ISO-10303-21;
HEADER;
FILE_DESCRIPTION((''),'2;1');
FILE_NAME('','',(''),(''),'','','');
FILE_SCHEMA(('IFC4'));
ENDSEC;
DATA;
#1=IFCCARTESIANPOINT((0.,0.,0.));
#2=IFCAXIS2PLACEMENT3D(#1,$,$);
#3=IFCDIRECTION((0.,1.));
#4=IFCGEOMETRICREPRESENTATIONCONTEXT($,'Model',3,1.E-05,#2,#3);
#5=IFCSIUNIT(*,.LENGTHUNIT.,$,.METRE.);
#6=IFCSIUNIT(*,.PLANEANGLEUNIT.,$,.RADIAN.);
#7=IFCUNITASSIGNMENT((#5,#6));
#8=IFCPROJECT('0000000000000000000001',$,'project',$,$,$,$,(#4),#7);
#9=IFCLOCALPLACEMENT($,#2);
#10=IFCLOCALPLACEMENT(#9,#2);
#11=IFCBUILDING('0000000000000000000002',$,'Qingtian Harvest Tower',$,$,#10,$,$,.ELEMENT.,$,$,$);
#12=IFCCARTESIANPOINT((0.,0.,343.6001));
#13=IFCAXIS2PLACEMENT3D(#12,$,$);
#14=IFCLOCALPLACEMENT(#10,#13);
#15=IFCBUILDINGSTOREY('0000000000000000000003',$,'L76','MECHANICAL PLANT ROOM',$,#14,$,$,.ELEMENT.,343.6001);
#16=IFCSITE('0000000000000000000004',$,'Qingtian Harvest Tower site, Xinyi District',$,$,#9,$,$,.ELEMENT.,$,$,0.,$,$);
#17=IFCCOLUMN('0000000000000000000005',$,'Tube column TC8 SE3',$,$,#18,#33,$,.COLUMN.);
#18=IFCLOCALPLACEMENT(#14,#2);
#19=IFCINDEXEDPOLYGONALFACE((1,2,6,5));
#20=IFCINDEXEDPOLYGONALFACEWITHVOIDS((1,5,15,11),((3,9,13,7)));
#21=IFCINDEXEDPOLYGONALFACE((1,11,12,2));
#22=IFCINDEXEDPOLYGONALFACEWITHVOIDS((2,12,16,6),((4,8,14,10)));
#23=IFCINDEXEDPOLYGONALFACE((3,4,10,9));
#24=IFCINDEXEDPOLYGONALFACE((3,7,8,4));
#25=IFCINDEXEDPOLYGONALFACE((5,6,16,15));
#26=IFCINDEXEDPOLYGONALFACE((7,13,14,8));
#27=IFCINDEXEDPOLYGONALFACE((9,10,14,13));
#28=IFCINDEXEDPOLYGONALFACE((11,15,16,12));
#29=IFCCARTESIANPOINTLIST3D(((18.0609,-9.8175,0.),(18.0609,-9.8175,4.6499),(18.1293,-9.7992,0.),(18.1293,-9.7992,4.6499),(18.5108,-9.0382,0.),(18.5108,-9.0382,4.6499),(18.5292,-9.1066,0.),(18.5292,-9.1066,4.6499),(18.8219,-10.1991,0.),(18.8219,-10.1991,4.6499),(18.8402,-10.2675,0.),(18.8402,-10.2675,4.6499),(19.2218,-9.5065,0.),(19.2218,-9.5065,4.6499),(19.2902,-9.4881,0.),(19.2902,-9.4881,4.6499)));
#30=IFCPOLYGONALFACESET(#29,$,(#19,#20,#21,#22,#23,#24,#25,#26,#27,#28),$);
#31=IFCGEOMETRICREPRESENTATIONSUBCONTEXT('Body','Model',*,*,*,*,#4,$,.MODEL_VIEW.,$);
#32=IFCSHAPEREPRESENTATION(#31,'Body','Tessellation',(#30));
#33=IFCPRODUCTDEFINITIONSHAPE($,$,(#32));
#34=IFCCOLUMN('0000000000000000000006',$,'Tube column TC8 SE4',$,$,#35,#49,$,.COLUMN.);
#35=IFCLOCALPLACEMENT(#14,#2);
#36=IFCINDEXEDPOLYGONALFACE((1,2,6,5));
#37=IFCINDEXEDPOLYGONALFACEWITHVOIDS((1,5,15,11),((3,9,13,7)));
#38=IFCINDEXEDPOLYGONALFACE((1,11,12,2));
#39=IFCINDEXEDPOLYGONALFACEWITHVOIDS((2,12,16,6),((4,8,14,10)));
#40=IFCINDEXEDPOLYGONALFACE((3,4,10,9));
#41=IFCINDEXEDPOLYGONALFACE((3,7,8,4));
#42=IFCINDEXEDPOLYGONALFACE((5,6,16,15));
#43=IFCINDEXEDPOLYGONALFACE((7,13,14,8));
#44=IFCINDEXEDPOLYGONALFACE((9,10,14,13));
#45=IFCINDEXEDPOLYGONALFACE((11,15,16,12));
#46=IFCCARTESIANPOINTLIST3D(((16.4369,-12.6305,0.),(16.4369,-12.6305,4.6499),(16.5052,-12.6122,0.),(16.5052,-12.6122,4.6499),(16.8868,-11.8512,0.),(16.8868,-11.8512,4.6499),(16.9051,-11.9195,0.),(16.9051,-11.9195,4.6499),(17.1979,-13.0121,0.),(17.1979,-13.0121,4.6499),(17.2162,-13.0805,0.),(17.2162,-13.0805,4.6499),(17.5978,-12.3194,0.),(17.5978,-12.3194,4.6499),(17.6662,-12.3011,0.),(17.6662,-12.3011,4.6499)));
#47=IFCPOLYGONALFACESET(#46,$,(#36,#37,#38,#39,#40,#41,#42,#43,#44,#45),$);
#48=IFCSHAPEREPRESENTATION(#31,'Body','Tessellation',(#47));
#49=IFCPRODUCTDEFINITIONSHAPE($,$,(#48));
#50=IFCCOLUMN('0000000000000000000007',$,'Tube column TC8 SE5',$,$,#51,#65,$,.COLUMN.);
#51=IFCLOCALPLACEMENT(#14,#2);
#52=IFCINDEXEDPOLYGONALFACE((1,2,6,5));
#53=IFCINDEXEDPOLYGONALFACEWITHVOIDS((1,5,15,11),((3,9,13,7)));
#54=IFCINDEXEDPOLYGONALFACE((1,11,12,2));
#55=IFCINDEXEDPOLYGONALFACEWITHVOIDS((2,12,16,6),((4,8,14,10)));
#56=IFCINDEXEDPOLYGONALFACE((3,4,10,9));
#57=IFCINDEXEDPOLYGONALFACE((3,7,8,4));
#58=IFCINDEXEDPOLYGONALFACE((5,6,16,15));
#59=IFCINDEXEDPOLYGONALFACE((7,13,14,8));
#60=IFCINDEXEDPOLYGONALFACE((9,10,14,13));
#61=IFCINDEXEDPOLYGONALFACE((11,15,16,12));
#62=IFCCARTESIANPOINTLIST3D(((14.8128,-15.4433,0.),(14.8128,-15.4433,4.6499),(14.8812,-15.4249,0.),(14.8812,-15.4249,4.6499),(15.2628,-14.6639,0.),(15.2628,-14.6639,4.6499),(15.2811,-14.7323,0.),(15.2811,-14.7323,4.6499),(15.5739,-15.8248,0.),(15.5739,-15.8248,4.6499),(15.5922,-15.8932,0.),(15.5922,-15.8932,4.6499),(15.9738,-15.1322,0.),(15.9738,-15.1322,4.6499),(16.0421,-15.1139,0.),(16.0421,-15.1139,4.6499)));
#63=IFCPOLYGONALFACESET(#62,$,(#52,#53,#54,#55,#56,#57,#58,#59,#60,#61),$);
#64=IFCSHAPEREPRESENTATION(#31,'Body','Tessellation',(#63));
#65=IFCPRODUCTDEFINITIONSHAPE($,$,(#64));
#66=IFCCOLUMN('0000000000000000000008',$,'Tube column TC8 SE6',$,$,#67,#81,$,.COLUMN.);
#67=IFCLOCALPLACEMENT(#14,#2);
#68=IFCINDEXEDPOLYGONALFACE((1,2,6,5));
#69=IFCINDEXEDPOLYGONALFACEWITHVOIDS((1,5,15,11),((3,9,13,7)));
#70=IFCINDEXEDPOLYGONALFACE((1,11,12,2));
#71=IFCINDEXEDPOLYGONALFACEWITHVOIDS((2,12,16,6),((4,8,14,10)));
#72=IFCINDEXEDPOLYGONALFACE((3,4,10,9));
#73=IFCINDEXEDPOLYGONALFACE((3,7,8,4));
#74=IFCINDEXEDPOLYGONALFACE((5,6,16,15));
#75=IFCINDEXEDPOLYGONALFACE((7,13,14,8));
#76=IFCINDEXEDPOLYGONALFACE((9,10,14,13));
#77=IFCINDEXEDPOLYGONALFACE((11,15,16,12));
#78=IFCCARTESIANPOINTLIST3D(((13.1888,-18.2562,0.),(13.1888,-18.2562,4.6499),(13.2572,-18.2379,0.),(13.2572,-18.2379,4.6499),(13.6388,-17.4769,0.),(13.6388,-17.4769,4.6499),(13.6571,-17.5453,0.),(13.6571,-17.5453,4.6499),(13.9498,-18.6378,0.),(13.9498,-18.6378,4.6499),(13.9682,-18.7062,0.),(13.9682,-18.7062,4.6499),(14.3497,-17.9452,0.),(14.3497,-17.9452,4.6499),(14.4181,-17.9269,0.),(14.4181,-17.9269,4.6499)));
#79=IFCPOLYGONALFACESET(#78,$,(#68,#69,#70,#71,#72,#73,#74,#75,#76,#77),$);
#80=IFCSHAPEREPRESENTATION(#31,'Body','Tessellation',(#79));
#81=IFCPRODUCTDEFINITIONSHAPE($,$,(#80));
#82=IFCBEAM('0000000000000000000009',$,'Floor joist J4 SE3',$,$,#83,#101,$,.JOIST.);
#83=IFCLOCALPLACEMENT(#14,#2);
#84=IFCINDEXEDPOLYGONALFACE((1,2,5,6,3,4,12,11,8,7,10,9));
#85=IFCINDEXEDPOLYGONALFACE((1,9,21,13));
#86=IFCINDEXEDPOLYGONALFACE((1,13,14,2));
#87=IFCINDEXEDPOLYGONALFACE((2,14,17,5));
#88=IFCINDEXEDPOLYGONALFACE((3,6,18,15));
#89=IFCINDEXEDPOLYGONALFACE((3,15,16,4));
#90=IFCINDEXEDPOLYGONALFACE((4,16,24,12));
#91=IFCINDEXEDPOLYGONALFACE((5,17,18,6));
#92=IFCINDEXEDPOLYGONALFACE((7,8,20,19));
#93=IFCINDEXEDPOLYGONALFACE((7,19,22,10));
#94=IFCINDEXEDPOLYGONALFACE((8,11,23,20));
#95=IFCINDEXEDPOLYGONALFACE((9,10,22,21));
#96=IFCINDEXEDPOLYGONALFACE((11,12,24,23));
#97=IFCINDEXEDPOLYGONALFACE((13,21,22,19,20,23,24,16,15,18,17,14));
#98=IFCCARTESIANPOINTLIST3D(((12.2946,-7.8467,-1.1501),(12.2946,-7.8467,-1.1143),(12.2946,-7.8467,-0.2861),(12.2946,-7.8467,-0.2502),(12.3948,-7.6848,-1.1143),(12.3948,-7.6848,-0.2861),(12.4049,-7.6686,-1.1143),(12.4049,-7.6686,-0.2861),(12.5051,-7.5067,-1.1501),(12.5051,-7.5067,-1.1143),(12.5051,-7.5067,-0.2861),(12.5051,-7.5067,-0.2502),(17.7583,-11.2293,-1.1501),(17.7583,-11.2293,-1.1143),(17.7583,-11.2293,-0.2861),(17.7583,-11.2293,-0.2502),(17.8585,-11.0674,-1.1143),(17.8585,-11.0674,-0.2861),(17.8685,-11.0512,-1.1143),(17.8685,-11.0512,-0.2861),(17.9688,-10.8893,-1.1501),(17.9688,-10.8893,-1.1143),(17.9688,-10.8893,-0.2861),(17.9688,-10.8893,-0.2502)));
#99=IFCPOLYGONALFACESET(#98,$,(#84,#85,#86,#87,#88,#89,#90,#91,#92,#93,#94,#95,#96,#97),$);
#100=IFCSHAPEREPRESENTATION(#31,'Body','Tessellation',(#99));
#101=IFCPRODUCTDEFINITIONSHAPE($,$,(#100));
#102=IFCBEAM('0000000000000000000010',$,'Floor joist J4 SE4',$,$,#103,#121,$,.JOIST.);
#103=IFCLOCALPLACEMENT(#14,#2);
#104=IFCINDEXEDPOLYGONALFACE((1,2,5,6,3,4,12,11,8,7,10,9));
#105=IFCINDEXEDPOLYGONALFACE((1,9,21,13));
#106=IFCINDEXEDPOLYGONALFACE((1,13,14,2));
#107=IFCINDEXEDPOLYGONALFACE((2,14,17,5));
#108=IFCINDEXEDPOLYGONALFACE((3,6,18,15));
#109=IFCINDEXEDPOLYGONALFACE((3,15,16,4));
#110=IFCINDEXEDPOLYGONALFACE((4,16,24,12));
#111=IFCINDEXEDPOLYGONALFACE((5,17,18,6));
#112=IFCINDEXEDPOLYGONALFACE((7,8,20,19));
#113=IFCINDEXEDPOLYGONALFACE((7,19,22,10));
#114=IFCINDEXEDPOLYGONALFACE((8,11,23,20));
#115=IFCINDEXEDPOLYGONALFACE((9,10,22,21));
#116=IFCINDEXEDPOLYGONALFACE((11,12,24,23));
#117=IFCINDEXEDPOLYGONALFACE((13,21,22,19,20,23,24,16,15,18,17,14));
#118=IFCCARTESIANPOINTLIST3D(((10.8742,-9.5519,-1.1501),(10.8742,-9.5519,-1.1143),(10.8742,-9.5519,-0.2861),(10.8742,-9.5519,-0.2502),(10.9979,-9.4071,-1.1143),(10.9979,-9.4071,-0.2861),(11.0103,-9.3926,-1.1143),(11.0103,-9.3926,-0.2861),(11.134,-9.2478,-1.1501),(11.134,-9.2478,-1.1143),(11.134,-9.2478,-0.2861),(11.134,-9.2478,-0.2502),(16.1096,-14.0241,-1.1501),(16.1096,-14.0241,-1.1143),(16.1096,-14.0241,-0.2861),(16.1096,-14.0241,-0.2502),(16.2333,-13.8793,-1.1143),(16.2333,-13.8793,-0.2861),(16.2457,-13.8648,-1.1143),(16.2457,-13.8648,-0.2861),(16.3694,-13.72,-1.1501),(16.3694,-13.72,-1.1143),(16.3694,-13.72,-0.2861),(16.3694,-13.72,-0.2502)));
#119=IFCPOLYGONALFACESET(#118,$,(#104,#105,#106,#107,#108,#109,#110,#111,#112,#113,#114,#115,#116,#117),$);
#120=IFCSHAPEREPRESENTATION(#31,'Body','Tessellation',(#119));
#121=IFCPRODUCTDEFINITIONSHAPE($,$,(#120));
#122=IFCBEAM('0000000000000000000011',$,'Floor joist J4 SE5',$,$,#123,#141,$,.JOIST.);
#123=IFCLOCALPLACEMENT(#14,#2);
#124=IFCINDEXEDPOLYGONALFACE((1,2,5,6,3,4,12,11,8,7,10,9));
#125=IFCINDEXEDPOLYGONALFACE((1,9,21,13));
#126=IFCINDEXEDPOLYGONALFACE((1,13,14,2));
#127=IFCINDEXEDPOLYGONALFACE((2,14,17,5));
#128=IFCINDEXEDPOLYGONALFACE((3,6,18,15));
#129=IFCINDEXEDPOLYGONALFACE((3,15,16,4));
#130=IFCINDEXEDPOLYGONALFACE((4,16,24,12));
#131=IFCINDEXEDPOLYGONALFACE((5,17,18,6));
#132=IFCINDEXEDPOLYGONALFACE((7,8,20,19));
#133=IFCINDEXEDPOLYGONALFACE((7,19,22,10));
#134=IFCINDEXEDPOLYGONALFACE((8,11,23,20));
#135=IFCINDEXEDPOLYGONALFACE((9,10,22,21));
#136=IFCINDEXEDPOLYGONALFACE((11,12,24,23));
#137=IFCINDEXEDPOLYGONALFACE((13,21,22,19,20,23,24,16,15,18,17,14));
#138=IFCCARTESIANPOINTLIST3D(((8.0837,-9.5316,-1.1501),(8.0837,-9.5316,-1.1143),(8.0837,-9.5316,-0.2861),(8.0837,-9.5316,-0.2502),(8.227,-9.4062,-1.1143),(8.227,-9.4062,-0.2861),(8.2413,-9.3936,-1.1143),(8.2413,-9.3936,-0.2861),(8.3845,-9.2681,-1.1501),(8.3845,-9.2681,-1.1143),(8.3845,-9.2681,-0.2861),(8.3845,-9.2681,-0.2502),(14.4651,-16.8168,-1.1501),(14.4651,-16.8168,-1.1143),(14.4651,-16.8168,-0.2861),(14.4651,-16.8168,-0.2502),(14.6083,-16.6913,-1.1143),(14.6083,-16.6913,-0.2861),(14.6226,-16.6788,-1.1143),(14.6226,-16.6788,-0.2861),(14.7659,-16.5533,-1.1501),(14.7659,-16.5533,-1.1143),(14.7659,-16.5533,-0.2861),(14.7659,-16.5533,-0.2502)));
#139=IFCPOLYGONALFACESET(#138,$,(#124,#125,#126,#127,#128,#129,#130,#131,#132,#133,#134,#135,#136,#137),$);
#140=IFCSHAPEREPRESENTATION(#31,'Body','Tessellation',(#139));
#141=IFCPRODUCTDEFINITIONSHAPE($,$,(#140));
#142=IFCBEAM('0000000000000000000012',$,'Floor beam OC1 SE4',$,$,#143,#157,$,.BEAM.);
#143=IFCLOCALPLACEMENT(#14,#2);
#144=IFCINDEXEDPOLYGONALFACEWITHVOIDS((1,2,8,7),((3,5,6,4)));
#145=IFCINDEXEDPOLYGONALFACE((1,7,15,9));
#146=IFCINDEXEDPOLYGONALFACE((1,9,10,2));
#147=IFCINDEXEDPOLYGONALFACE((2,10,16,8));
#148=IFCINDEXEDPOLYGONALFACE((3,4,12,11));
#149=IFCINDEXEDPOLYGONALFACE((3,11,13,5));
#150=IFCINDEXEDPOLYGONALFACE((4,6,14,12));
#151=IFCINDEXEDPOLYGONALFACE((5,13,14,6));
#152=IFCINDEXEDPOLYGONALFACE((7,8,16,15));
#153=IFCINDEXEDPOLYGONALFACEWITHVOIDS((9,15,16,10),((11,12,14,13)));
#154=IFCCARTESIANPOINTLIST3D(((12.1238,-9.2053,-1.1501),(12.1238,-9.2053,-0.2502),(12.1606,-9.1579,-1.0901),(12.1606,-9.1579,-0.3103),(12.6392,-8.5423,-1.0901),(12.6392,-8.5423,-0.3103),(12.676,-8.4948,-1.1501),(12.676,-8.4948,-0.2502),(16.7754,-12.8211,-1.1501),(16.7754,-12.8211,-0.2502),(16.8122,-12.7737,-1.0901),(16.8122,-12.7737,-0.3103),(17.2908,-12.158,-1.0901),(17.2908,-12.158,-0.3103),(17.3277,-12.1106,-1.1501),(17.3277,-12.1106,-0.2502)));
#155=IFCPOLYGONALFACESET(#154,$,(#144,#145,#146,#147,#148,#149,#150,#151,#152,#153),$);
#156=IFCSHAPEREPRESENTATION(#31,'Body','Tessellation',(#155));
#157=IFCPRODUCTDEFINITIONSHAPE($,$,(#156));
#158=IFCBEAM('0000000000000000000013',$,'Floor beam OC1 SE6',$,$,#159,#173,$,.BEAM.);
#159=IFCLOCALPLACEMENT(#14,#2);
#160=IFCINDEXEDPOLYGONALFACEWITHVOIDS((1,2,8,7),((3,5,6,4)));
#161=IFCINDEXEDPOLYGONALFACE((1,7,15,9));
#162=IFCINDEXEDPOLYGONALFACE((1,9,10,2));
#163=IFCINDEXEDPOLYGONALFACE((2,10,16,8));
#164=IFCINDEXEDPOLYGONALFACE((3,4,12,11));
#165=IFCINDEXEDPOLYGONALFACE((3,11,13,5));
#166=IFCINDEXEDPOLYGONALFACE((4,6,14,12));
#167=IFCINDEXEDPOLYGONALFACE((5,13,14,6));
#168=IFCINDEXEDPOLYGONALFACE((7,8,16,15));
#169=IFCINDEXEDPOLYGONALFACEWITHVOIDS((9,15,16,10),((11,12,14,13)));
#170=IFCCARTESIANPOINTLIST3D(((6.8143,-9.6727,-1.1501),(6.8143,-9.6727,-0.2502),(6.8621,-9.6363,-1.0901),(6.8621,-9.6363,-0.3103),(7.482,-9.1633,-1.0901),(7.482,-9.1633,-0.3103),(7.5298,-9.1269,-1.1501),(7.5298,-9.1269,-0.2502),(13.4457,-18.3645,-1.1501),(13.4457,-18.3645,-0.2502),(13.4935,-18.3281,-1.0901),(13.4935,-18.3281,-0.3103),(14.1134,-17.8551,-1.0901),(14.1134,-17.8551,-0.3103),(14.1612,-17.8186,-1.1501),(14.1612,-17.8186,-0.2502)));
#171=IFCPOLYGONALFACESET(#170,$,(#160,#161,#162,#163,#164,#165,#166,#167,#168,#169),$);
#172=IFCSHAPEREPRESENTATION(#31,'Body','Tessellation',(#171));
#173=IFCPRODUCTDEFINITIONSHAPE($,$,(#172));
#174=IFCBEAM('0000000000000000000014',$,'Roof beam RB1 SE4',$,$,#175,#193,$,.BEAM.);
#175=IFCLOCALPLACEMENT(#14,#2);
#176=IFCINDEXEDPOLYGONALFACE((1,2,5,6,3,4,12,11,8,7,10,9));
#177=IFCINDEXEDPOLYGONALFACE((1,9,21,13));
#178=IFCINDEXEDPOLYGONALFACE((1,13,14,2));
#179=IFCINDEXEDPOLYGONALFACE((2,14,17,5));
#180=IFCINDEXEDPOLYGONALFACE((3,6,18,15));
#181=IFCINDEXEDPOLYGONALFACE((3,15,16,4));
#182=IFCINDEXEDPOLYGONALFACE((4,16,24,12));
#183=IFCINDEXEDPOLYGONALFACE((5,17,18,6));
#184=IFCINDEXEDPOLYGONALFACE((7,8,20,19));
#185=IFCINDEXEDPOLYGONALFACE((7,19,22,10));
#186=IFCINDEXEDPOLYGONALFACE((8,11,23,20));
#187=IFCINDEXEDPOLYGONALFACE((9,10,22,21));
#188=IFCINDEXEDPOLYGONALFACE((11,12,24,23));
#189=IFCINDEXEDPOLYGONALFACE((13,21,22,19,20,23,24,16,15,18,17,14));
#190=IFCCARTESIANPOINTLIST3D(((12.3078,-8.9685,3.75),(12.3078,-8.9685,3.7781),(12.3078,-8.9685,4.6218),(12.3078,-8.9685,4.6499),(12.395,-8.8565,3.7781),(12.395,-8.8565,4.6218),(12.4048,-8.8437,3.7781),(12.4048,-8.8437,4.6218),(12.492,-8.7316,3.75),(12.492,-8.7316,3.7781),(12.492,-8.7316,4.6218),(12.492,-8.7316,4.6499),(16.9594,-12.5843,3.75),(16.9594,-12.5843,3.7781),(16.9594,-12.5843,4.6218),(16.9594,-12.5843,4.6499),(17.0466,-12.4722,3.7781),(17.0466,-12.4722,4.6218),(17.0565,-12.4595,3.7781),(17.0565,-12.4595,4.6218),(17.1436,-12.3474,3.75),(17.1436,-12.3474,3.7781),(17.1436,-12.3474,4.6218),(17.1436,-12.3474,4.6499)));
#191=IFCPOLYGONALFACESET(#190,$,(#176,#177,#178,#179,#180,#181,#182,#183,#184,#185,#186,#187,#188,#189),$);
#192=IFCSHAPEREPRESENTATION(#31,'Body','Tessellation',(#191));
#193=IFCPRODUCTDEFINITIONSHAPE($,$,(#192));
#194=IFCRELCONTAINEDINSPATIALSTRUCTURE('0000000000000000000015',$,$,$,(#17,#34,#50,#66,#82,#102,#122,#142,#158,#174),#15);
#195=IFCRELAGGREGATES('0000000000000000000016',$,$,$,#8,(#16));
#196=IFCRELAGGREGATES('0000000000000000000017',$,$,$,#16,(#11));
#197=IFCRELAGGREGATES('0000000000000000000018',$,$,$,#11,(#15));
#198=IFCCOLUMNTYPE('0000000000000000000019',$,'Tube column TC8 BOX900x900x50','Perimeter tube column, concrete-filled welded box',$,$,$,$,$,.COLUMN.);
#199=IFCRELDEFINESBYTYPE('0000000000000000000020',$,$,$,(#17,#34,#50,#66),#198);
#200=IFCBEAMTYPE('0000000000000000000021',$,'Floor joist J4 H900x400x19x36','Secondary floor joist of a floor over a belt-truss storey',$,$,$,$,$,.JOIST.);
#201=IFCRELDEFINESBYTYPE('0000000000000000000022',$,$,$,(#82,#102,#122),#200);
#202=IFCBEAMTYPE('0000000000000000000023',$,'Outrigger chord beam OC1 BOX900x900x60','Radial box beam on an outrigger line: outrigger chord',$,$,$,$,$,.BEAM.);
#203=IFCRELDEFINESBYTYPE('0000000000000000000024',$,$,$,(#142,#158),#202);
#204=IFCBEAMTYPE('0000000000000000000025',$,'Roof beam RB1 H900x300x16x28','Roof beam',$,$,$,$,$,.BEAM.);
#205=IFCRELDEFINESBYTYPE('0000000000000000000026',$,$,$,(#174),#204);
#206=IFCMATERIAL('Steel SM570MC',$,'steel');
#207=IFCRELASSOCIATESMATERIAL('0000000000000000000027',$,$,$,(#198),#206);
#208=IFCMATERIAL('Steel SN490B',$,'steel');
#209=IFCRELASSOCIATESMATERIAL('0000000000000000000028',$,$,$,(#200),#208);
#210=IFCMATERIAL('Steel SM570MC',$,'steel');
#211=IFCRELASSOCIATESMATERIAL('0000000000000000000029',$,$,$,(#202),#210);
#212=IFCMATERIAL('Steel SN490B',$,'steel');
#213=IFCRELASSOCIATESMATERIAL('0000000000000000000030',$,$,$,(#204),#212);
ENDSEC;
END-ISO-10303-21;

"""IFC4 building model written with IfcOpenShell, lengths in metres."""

from ifc_helpers import new_model, si_unit, direction, frame, origin, origin_2d, place, context, subcontext, project, spatial, hollow_rectangle, i_section, extrude, material, material_profile, profile_set, type_object, element, save


model = new_model("IFC4")

# Units and contexts
model_context = context("Model", 3, precision=1e-05, world=origin(), true_north=direction((0.0, 1.0)))
body_context = subcontext(model_context, "Body", "Model", "MODEL_VIEW")
ifc_project = project(units=[si_unit("LENGTHUNIT", "METRE"), si_unit("PLANEANGLEUNIT", "RADIAN")], contexts=[model_context])

# Site, building, storey
site_placement = place(None, origin())
site = spatial("IfcSite", under=ifc_project, at=site_placement, Name="Qingtian Harvest Tower site, Xinyi District", CompositionType="ELEMENT", RefElevation=0.0)
building_placement = place(site_placement, origin())
building = spatial("IfcBuilding", under=site, at=building_placement, Name="Qingtian Harvest Tower", CompositionType="ELEMENT")
storey_placement = place(building_placement, frame((0.0, 0.0, 343.6001)))
storey = spatial("IfcBuildingStorey", under=building, at=storey_placement, Name="L76", Description="MECHANICAL PLANT ROOM", CompositionType="ELEMENT", Elevation=343.6001)

# Columns
ifc_material_1 = material(Name="Steel SM570MC", Category="steel")
ifc_material_profile_1 = material_profile(ifc_material_1, hollow_rectangle(XDim=0.8999, YDim=0.8999, WallThickness=0.05, at=origin_2d()), Name="BOX900x900x50")
ifc_profile_set_1 = profile_set([ifc_material_profile_1], Name="Steel SM570MC")
column_type = type_object("IfcColumnType", Name="Tube column TC8 BOX900x900x50", Description="Perimeter tube column, concrete-filled welded box", PredefinedType="COLUMN", material=ifc_profile_set_1)
for number, where, z_axis, x_axis, name in (
    (1, (18.6755, -9.6528, 0.0), (0.0, 0.0, 1.0), (0.5, 0.866025, 0.0), "Tube column TC8 SE3"),
    (2, (17.0515, -12.4658, 0.0), (0.0, 0.0, 1.0), (0.5, 0.866025, 0.0), "Tube column TC8 SE4"),
    (3, (15.4275, -15.2786, 0.0), (0.0, 0.0, 1.0), (0.5, 0.866025, 0.0), "Tube column TC8 SE5"),
    (4, (13.8035, -18.0916, 0.0), (0.0, 0.0, 1.0), (0.5, 0.866025, 0.0), "Tube column TC8 SE6"),
):
    element("IfcColumn", number, at=place(storey_placement, frame(where, z_axis=z_axis, x_axis=x_axis)), inside=storey, type_object=column_type, Name=name, PredefinedType="COLUMN", context=body_context, shape_type="SweptSolid", body=[
        extrude(hollow_rectangle(XDim=0.8999, YDim=0.8999, WallThickness=0.05, at=origin_2d()), origin(), (0.0, 0.0, 1.0), 4.6499),
    ])

# Beams
ifc_material_2 = material(Name="Steel SN490B", Category="steel")
ifc_material_profile_2 = material_profile(ifc_material_2, i_section(OverallWidth=0.3999, OverallDepth=0.8999, WebThickness=0.019, FlangeThickness=0.0359, at=origin_2d()), Name="H900x400x19x36")
ifc_profile_set_2 = profile_set([ifc_material_profile_2], Name="Steel SN490B")
beam_type_1 = type_object("IfcBeamType", Name="Floor joist J4 H900x400x19x36", Description="Secondary floor joist of a floor over a belt-truss storey", PredefinedType="JOIST", material=ifc_profile_set_2)
beam_1_placement = place(storey_placement, frame((17.8635, -11.0593, -0.7002), z_axis=(-0.850242, 0.526391, 0.0), x_axis=(-0.526391, -0.850242, 0.0)))
element("IfcBeam", 5, at=beam_1_placement, inside=storey, type_object=beam_type_1, Name="Floor joist J4 SE3", PredefinedType="JOIST", context=body_context, shape_type="SweptSolid", body=[
    extrude(i_section(OverallWidth=0.3999, OverallDepth=0.8999, WebThickness=0.019, FlangeThickness=0.0359, at=origin_2d()), origin(), (0.0, 0.0, 1.0), 6.426),
])
beam_2_placement = place(storey_placement, frame((16.2395, -13.8721, -0.7002), z_axis=(-0.760352, 0.649511, 0.0), x_axis=(-0.649511, -0.760352, 0.0)))
element("IfcBeam", 6, at=beam_2_placement, inside=storey, type_object=beam_type_1, Name="Floor joist J4 SE4", PredefinedType="JOIST", context=body_context, shape_type="SweptSolid", body=[
    extrude(i_section(OverallWidth=0.3999, OverallDepth=0.8999, WebThickness=0.019, FlangeThickness=0.0359, at=origin_2d()), origin(), (0.0, 0.0, 1.0), 6.8855),
])
beam_3_placement = place(storey_placement, frame((14.6155, -16.6851, -0.7002), z_axis=(-0.658904, 0.752227, 0.0), x_axis=(-0.752227, -0.658904, 0.0)))
element("IfcBeam", 7, at=beam_3_placement, inside=storey, type_object=beam_type_1, Name="Floor joist J4 SE5", PredefinedType="JOIST", context=body_context, shape_type="SweptSolid", body=[
    extrude(i_section(OverallWidth=0.3999, OverallDepth=0.8999, WebThickness=0.019, FlangeThickness=0.0359, at=origin_2d()), origin(), (0.0, 0.0, 1.0), 9.6848),
])
ifc_material_3 = material(Name="Steel SM570MC", Category="steel")
ifc_material_profile_3 = material_profile(ifc_material_3, hollow_rectangle(XDim=0.8999, YDim=0.8999, WallThickness=0.0601, at=origin_2d()), Name="BOX900x900x60")
ifc_profile_set_3 = profile_set([ifc_material_profile_3], Name="Steel SM570MC")
beam_type_2 = type_object("IfcBeamType", Name="Outrigger chord beam OC1 BOX900x900x60", Description="Radial box beam on an outrigger line: outrigger chord", PredefinedType="BEAM", material=ifc_profile_set_3)
beam_4_placement = place(storey_placement, frame((17.0515, -12.4658, -0.7002), z_axis=(-0.789533, 0.613708, 0.0), x_axis=(-0.613708, -0.789533, 0.0)))
element("IfcBeam", 8, at=beam_4_placement, inside=storey, type_object=beam_type_2, Name="Floor beam OC1 SE4", PredefinedType="BEAM", context=body_context, shape_type="SweptSolid", body=[
    extrude(hollow_rectangle(XDim=0.8999, YDim=0.8999, WallThickness=0.0601, at=origin_2d()), origin(), (0.0, 0.0, 1.0), 5.8916),
])
beam_5_placement = place(storey_placement, frame((13.8035, -18.0916, -0.7002), z_axis=(-0.606572, 0.795029, 0.0), x_axis=(-0.795029, -0.606572, 0.0)))
element("IfcBeam", 9, at=beam_5_placement, inside=storey, type_object=beam_type_2, Name="Floor beam OC1 SE6", PredefinedType="BEAM", context=body_context, shape_type="SweptSolid", body=[
    extrude(hollow_rectangle(XDim=0.8999, YDim=0.8999, WallThickness=0.0601, at=origin_2d()), origin(), (0.0, 0.0, 1.0), 10.9326),
])
ifc_material_4 = material(Name="Steel SN490B", Category="steel")
ifc_material_profile_4 = material_profile(ifc_material_4, i_section(OverallWidth=0.3, OverallDepth=0.8999, WebThickness=0.0161, FlangeThickness=0.0281, at=origin_2d()), Name="H900x300x16x28")
ifc_profile_set_4 = profile_set([ifc_material_profile_4], Name="Steel SN490B")
beam_type_3 = type_object("IfcBeamType", Name="Roof beam RB1 H900x300x16x28", Description="Roof beam", PredefinedType="BEAM", material=ifc_profile_set_4)
beam_6_placement = place(storey_placement, frame((17.0515, -12.4658, 4.2), z_axis=(-0.789533, 0.613708, 0.0), x_axis=(-0.613708, -0.789533, 0.0)))
element("IfcBeam", 10, at=beam_6_placement, inside=storey, type_object=beam_type_3, Name="Roof beam RB1 SE4", PredefinedType="BEAM", context=body_context, shape_type="SweptSolid", body=[
    extrude(i_section(OverallWidth=0.3, OverallDepth=0.8999, WebThickness=0.0161, FlangeThickness=0.0281, at=origin_2d()), origin(), (0.0, 0.0, 1.0), 5.8916),
])

save(model, "model.ifc")
